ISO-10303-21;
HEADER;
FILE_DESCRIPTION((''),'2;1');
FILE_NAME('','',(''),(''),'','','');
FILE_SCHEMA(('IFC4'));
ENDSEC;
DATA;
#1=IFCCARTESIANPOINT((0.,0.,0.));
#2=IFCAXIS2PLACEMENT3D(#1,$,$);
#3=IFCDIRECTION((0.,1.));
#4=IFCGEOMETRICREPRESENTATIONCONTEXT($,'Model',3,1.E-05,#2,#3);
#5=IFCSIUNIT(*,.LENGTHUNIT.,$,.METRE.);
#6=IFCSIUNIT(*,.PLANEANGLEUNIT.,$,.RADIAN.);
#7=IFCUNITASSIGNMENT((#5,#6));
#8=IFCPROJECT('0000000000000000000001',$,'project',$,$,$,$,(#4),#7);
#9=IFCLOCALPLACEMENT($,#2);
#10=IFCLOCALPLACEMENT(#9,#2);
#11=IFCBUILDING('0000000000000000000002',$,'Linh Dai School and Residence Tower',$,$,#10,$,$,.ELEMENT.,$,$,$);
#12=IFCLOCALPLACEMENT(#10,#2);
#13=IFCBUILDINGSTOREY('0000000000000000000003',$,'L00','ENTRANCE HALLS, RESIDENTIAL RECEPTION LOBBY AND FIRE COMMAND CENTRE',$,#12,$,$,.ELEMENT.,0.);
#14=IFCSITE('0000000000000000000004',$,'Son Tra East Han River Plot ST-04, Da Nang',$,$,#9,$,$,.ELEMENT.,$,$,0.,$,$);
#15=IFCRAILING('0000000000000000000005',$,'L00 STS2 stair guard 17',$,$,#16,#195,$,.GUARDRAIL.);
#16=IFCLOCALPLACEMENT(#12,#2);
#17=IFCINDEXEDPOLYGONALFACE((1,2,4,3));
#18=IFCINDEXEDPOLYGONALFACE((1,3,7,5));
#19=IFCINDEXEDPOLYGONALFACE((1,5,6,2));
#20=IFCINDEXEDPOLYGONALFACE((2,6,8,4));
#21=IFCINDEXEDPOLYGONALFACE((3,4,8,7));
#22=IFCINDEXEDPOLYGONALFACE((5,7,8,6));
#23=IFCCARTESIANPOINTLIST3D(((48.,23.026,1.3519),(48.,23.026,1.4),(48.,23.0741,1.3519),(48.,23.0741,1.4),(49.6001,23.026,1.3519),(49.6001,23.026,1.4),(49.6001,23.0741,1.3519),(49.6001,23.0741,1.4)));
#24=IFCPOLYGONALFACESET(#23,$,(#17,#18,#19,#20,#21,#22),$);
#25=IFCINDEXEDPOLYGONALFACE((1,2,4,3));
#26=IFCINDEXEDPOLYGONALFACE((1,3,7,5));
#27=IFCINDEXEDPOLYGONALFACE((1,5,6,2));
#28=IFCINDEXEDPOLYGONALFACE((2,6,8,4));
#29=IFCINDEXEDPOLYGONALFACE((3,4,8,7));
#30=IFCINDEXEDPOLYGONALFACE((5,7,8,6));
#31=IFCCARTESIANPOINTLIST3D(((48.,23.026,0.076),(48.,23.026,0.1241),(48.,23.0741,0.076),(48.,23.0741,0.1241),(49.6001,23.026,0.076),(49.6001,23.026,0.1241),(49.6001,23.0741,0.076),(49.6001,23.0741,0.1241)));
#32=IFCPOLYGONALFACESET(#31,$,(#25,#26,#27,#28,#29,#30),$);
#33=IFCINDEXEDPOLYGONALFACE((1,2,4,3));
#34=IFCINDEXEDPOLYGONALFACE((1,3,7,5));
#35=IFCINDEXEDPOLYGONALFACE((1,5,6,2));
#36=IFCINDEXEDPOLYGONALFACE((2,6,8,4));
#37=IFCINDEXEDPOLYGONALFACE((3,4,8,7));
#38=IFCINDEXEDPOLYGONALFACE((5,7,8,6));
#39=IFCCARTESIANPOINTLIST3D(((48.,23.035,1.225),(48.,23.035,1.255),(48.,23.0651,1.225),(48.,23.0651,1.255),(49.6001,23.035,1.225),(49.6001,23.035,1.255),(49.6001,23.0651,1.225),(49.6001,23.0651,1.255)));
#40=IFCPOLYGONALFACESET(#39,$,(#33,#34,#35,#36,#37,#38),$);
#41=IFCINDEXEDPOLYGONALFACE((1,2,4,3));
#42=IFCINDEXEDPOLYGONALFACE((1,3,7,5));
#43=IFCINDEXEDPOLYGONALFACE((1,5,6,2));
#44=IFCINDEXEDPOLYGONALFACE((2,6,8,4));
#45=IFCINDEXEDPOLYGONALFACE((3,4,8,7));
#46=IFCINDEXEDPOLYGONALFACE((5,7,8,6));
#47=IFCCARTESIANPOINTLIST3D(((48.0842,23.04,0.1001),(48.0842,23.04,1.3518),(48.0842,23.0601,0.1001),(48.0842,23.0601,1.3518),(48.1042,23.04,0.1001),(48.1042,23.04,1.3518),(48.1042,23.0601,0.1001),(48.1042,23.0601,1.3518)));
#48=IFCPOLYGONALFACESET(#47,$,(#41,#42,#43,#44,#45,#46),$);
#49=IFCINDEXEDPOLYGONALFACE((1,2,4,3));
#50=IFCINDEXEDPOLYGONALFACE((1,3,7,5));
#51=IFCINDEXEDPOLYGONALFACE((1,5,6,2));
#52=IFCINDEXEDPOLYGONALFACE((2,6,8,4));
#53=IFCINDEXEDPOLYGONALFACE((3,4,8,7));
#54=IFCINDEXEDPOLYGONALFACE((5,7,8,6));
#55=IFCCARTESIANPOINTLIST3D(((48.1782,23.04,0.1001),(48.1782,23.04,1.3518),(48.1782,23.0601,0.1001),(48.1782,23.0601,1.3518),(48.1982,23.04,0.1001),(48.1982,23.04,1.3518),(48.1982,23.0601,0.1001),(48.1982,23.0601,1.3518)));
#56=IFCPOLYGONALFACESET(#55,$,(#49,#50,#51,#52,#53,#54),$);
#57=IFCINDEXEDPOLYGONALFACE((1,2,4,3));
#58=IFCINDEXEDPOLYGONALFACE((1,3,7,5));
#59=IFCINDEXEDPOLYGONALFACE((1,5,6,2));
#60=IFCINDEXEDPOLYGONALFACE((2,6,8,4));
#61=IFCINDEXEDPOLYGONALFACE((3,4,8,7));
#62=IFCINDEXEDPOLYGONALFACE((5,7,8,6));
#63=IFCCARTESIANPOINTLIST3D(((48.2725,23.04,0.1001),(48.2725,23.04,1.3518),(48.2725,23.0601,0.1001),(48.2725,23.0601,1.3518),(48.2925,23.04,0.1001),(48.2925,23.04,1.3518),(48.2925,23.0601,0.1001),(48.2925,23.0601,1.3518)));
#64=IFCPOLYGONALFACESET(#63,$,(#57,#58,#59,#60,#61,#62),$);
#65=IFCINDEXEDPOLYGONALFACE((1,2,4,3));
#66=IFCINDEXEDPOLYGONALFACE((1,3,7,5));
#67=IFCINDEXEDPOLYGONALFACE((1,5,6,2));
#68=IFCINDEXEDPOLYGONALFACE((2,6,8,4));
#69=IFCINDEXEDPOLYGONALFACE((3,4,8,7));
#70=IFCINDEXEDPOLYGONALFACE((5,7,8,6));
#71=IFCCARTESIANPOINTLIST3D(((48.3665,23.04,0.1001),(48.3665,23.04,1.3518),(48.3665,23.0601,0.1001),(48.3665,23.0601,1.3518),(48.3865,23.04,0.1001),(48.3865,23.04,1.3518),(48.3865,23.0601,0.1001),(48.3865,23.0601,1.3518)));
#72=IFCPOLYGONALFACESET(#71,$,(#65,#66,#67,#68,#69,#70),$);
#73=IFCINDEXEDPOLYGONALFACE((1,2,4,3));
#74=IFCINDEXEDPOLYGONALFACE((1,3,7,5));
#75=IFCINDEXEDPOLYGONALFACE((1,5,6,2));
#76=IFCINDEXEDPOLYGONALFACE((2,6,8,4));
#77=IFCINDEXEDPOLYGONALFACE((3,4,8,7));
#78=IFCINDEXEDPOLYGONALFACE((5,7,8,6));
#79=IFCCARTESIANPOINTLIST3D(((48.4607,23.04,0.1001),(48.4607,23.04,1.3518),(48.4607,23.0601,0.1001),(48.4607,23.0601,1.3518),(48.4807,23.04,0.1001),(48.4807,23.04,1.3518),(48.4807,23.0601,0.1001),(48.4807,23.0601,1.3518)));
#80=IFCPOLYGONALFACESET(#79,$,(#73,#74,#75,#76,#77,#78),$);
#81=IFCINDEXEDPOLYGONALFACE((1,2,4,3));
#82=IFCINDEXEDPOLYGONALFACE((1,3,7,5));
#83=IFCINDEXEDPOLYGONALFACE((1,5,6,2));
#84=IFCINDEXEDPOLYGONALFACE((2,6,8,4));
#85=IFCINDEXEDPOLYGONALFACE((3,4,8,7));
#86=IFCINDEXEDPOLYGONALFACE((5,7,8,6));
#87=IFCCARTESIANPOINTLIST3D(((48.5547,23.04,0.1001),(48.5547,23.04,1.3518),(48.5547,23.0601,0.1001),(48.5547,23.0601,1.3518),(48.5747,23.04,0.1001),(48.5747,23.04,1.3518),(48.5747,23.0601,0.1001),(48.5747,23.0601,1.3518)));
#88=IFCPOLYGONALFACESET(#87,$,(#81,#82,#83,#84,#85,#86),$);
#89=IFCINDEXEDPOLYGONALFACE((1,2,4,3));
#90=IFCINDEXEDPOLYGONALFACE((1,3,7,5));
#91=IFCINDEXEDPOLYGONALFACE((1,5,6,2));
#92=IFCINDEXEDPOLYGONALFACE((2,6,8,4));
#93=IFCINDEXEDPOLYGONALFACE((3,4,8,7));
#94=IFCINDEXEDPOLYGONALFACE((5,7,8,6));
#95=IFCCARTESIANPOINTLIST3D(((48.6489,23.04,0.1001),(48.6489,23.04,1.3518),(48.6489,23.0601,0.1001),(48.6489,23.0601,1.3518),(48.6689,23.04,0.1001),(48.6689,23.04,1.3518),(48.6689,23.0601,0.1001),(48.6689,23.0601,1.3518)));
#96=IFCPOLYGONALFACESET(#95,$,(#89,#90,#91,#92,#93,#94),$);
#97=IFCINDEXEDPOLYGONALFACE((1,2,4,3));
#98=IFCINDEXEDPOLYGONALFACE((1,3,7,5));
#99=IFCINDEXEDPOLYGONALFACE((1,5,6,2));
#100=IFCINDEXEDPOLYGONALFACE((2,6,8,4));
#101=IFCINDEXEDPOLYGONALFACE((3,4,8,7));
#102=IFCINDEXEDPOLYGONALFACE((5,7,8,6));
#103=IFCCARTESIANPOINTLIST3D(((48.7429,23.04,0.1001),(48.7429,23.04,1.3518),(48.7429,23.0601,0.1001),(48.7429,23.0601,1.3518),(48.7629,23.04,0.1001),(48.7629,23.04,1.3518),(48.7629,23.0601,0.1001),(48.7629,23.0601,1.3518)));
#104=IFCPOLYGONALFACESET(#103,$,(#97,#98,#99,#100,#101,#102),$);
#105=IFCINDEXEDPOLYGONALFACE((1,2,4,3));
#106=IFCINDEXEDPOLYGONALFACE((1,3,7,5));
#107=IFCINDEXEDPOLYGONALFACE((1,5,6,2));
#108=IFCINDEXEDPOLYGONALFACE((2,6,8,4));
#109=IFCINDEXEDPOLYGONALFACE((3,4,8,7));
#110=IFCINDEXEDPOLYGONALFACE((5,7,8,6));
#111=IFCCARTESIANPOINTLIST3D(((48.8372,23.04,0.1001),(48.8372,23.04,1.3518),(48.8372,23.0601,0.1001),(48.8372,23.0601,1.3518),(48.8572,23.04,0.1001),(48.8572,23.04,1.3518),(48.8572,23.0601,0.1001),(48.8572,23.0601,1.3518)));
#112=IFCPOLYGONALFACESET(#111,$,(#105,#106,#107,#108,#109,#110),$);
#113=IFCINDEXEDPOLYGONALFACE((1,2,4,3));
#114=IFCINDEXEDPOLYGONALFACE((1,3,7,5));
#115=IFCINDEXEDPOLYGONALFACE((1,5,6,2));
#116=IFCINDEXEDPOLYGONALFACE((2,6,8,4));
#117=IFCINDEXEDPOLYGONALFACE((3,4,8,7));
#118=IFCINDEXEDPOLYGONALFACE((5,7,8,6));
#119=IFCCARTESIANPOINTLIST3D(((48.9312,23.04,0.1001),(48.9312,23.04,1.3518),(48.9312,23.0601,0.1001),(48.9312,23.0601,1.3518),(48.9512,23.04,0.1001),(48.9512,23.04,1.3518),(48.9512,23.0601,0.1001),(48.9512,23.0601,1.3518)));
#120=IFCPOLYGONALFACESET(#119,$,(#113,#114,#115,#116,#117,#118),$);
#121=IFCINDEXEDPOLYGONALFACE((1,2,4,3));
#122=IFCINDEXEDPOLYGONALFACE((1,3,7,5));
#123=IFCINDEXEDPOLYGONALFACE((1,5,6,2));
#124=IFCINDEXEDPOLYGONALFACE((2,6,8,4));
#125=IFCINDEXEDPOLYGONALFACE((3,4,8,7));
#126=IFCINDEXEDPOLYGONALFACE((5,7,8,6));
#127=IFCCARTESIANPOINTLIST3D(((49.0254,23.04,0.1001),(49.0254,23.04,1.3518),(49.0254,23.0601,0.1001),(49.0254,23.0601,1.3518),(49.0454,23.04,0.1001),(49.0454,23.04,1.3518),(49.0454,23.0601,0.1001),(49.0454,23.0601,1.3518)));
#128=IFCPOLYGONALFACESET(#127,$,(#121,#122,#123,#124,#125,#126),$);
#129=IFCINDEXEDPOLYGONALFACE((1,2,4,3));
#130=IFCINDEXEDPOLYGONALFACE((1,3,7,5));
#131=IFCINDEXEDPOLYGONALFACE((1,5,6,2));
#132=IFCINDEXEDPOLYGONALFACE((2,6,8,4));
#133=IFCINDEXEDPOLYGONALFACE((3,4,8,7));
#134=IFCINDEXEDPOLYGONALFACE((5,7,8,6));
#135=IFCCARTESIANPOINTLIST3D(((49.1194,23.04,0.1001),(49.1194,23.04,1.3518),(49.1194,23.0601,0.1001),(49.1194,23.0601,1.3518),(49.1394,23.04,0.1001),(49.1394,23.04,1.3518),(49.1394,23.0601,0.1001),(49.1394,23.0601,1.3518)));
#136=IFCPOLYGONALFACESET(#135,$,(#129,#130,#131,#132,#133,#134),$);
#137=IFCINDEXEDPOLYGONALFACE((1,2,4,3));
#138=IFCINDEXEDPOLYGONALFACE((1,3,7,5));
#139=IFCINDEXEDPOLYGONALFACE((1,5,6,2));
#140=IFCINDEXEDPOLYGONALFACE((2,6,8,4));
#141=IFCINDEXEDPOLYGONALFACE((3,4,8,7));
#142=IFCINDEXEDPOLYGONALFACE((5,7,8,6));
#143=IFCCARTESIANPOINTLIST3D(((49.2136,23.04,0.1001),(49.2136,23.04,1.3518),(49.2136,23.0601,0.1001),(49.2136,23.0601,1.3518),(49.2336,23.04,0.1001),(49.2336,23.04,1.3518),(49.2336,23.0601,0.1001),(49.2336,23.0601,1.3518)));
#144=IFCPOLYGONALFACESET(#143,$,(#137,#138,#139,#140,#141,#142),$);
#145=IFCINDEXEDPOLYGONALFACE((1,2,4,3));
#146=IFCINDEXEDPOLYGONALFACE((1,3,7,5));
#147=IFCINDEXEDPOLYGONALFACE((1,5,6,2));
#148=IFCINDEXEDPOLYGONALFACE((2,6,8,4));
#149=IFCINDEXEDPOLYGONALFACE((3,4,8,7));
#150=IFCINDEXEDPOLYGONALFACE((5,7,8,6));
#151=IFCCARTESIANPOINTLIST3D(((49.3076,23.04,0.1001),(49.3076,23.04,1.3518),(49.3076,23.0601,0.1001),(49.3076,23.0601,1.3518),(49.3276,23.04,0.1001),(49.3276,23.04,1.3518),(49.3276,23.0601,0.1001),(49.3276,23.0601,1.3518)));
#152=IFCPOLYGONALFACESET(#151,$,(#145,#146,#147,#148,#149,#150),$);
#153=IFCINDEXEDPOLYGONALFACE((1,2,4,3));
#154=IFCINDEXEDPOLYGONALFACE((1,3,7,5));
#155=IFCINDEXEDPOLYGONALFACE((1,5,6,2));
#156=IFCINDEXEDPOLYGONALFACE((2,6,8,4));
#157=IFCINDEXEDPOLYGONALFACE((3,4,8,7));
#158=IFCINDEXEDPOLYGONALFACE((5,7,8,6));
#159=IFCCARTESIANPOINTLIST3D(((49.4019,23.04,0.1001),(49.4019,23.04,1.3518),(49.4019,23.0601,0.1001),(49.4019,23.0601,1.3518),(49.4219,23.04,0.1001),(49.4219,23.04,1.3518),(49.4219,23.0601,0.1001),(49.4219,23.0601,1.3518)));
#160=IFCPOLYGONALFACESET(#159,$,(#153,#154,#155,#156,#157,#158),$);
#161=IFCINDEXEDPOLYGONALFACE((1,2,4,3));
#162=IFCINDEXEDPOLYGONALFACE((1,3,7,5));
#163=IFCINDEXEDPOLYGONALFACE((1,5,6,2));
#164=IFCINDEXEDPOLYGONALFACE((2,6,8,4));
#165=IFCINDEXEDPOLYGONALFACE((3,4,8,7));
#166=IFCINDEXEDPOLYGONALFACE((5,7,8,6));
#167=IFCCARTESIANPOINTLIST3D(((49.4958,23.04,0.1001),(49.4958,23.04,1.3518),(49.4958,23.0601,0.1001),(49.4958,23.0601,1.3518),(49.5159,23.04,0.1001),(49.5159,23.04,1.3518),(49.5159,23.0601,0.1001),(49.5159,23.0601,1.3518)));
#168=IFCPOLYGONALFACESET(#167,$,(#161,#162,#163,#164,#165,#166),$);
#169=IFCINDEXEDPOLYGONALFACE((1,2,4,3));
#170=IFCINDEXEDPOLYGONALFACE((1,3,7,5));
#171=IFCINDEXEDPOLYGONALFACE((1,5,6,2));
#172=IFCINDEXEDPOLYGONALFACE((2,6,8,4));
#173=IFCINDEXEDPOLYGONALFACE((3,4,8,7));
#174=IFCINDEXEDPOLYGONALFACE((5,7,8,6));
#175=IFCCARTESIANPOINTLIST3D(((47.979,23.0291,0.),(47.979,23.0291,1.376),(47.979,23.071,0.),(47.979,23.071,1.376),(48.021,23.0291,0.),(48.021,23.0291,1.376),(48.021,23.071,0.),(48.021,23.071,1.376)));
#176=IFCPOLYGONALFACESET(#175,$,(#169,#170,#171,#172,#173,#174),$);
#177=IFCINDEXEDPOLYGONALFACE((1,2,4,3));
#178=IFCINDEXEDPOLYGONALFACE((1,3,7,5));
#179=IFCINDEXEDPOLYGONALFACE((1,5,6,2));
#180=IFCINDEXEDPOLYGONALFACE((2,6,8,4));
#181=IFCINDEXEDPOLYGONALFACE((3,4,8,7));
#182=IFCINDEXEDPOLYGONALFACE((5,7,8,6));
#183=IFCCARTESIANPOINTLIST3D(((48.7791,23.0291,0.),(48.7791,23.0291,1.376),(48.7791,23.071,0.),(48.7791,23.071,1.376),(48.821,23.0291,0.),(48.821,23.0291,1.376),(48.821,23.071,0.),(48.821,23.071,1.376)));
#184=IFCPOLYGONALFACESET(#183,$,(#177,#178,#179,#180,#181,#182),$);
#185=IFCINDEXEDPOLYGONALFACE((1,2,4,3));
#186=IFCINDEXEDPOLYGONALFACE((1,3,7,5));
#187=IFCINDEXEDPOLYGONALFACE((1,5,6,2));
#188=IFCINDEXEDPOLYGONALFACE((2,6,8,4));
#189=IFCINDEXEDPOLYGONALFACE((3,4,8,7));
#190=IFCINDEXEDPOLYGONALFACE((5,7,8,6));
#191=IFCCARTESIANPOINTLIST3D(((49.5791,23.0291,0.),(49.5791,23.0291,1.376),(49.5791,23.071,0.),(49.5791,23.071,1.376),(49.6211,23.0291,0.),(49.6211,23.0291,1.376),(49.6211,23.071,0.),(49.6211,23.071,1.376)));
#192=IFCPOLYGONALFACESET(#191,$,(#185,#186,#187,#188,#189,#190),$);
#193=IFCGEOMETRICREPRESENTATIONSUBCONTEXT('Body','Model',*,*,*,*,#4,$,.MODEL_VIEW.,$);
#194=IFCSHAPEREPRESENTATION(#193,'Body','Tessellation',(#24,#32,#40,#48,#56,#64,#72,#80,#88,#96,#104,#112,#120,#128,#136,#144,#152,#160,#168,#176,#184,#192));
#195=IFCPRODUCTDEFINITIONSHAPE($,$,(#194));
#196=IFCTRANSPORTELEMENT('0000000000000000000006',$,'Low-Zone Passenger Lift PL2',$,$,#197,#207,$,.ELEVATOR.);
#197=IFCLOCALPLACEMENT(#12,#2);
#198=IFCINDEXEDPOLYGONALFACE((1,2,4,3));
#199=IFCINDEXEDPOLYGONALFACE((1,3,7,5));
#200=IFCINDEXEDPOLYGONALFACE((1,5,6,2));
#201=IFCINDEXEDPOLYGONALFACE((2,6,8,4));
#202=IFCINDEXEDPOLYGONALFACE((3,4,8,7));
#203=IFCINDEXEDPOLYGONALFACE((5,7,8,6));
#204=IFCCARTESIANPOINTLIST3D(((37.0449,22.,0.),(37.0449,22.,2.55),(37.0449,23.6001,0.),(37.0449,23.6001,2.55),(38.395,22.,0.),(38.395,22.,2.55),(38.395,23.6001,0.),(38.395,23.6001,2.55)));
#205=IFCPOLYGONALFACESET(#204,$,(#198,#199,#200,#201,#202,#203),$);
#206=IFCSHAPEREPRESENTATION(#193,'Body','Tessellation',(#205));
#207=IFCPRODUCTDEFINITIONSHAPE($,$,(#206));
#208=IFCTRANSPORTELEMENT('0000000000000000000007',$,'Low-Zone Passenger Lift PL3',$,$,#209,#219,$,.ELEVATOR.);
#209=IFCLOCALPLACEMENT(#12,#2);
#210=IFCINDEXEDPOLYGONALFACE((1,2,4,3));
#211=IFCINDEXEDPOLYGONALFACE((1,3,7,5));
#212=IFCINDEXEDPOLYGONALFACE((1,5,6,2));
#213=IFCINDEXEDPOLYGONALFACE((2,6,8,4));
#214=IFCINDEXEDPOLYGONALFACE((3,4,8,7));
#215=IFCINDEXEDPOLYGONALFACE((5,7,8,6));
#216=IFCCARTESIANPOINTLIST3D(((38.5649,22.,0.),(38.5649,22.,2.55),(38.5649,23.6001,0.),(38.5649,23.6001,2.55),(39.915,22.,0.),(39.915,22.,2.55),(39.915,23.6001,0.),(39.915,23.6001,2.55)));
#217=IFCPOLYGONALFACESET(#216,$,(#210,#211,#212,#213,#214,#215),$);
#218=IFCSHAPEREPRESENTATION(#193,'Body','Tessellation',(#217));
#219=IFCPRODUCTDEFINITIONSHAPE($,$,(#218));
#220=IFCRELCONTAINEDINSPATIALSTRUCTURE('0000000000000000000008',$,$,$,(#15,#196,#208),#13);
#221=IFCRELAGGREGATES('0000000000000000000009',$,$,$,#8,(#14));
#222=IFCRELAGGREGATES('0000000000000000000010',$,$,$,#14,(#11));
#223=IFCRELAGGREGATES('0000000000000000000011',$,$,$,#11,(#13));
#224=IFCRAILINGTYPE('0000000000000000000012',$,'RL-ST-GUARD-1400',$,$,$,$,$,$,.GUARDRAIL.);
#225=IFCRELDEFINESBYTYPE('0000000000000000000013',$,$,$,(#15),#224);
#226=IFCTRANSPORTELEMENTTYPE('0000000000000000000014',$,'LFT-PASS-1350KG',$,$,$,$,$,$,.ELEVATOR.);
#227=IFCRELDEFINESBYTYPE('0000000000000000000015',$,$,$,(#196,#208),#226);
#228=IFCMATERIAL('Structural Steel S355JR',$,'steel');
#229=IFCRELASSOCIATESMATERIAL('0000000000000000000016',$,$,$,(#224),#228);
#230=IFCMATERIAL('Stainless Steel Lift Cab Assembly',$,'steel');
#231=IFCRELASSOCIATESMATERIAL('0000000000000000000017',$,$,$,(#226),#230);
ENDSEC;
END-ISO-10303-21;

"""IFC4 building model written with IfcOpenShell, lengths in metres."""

from ifc_helpers import new_model, si_unit, direction, frame, origin, origin_2d, place, context, subcontext, project, spatial, rectangle, extrude, source, transform, mapped, material, type_object, element, save


model = new_model("IFC4")

# Units and contexts
model_context = context("Model", 3, precision=1e-05, world=origin(), true_north=direction((0.0, 1.0)))
body_context = subcontext(model_context, "Body", "Model", "MODEL_VIEW")
ifc_project = project(units=[si_unit("LENGTHUNIT", "METRE"), si_unit("PLANEANGLEUNIT", "RADIAN")], contexts=[model_context])

# Site, building, storey
site_placement = place(None, origin())
site = spatial("IfcSite", under=ifc_project, at=site_placement, Name="Son Tra East Han River Plot ST-04, Da Nang", CompositionType="ELEMENT", RefElevation=0.0)
building_placement = place(site_placement, origin())
building = spatial("IfcBuilding", under=site, at=building_placement, Name="Linh Dai School and Residence Tower", CompositionType="ELEMENT")
storey_placement = place(building_placement, origin())
storey = spatial("IfcBuildingStorey", under=building, at=storey_placement, Name="L00", Description="ENTRANCE HALLS, RESIDENTIAL RECEPTION LOBBY AND FIRE COMMAND CENTRE", CompositionType="ELEMENT", Elevation=0.0)

# Shared definitions
ifc_material_1 = material(Name="Structural Steel S355JR", Category="steel")

# Railing
railing_type = type_object("IfcRailingType", Name="RL-ST-GUARD-1400", PredefinedType="GUARDRAIL", material=ifc_material_1)
shared_shape_1 = source(origin(), body_context, "Body", "SweptSolid", [
    extrude(rectangle(XDim=0.0481, YDim=0.0481, at=origin_2d()), frame((0.0, 0.0, 1.376), z_axis=(1.0, 0.0, 0.0), x_axis=(0.0, 1.0, 0.0)), (0.0, 0.0, 1.0), 1.6001),
    extrude(rectangle(XDim=0.0481, YDim=0.0481, at=origin_2d()), frame((0.0, 0.0, 0.1001), z_axis=(1.0, 0.0, 0.0), x_axis=(0.0, 1.0, 0.0)), (0.0, 0.0, 1.0), 1.6001),
    extrude(rectangle(XDim=0.03, YDim=0.03, at=origin_2d()), frame((0.0, 0.0, 1.24), z_axis=(1.0, 0.0, 0.0), x_axis=(0.0, 1.0, 0.0)), (0.0, 0.0, 1.0), 1.6001),
    extrude(rectangle(XDim=0.02, YDim=0.02, at=origin_2d()), frame((0.0942, 0.0, 0.1001)), (0.0, 0.0, 1.0), 1.2517),
    extrude(rectangle(XDim=0.02, YDim=0.02, at=origin_2d()), frame((0.1882, 0.0, 0.1001)), (0.0, 0.0, 1.0), 1.2517),
    extrude(rectangle(XDim=0.02, YDim=0.02, at=origin_2d()), frame((0.2825, 0.0, 0.1001)), (0.0, 0.0, 1.0), 1.2517),
    extrude(rectangle(XDim=0.02, YDim=0.02, at=origin_2d()), frame((0.3765, 0.0, 0.1001)), (0.0, 0.0, 1.0), 1.2517),
    extrude(rectangle(XDim=0.02, YDim=0.02, at=origin_2d()), frame((0.4707, 0.0, 0.1001)), (0.0, 0.0, 1.0), 1.2517),
    extrude(rectangle(XDim=0.02, YDim=0.02, at=origin_2d()), frame((0.5647, 0.0, 0.1001)), (0.0, 0.0, 1.0), 1.2517),
    extrude(rectangle(XDim=0.02, YDim=0.02, at=origin_2d()), frame((0.6589, 0.0, 0.1001)), (0.0, 0.0, 1.0), 1.2517),
    extrude(rectangle(XDim=0.02, YDim=0.02, at=origin_2d()), frame((0.7529, 0.0, 0.1001)), (0.0, 0.0, 1.0), 1.2517),
    extrude(rectangle(XDim=0.02, YDim=0.02, at=origin_2d()), frame((0.8472, 0.0, 0.1001)), (0.0, 0.0, 1.0), 1.2517),
    extrude(rectangle(XDim=0.02, YDim=0.02, at=origin_2d()), frame((0.9412, 0.0, 0.1001)), (0.0, 0.0, 1.0), 1.2517),
    extrude(rectangle(XDim=0.02, YDim=0.02, at=origin_2d()), frame((1.0354, 0.0, 0.1001)), (0.0, 0.0, 1.0), 1.2517),
    extrude(rectangle(XDim=0.02, YDim=0.02, at=origin_2d()), frame((1.1294, 0.0, 0.1001)), (0.0, 0.0, 1.0), 1.2517),
    extrude(rectangle(XDim=0.02, YDim=0.02, at=origin_2d()), frame((1.2236, 0.0, 0.1001)), (0.0, 0.0, 1.0), 1.2517),
    extrude(rectangle(XDim=0.02, YDim=0.02, at=origin_2d()), frame((1.3176, 0.0, 0.1001)), (0.0, 0.0, 1.0), 1.2517),
    extrude(rectangle(XDim=0.02, YDim=0.02, at=origin_2d()), frame((1.4119, 0.0, 0.1001)), (0.0, 0.0, 1.0), 1.2517),
    extrude(rectangle(XDim=0.02, YDim=0.02, at=origin_2d()), frame((1.5059, 0.0, 0.1001)), (0.0, 0.0, 1.0), 1.2517),
    extrude(rectangle(XDim=0.042, YDim=0.042, at=origin_2d()), origin(), (0.0, 0.0, 1.0), 1.376),
    extrude(rectangle(XDim=0.042, YDim=0.042, at=origin_2d()), frame((0.8, 0.0, 0.0)), (0.0, 0.0, 1.0), 1.376),
    extrude(rectangle(XDim=0.042, YDim=0.042, at=origin_2d()), frame((1.6001, 0.0, 0.0)), (0.0, 0.0, 1.0), 1.376),
])
for number, where, name in (
    (1, (48.0, 23.05, 0.0), "L00 STS2 stair guard 17"),
):
    element("IfcRailing", number, at=place(storey_placement, frame(where)), inside=storey, type_object=railing_type, Name=name, PredefinedType="GUARDRAIL", context=body_context, shape_type="MappedRepresentation", body=[
        mapped(shared_shape_1, transform((0.0, 0.0, 0.0), x_axis=(1.0, 0.0, 0.0), y_axis=(0.0, 1.0, 0.0), z_axis=(0.0, 0.0, 1.0), scale=1.0)),
    ])

# Transport elements
ifc_material_2 = material(Name="Stainless Steel Lift Cab Assembly", Category="steel")
transport_element_type = type_object("IfcTransportElementType", Name="LFT-PASS-1350KG", PredefinedType="ELEVATOR", material=ifc_material_2)
shared_shape_2 = source(origin(), body_context, "Body", "SweptSolid", [
    extrude(rectangle(XDim=1.3501, YDim=1.6001, at=origin_2d()), origin(), (0.0, 0.0, 1.0), 2.55),
])
for number, where, z_axis, x_axis, name in (
    (2, (37.72, 22.8, 0.0), (0.0, 0.0, 1.0), (1.0, 0.0, 0.0), "Low-Zone Passenger Lift PL2"),
    (3, (39.24, 22.8, 0.0), (0.0, 0.0, 1.0), (1.0, 0.0, 0.0), "Low-Zone Passenger Lift PL3"),
):
    element("IfcTransportElement", number, at=place(storey_placement, frame(where, z_axis=z_axis, x_axis=x_axis)), inside=storey, type_object=transport_element_type, Name=name, PredefinedType="ELEVATOR", context=body_context, shape_type="MappedRepresentation", body=[
        mapped(shared_shape_2, transform((0.0, 0.0, 0.0), x_axis=(1.0, 0.0, 0.0), y_axis=(0.0, 1.0, 0.0), z_axis=(0.0, 0.0, 1.0), scale=1.0)),
    ])

save(model, "model.ifc")
